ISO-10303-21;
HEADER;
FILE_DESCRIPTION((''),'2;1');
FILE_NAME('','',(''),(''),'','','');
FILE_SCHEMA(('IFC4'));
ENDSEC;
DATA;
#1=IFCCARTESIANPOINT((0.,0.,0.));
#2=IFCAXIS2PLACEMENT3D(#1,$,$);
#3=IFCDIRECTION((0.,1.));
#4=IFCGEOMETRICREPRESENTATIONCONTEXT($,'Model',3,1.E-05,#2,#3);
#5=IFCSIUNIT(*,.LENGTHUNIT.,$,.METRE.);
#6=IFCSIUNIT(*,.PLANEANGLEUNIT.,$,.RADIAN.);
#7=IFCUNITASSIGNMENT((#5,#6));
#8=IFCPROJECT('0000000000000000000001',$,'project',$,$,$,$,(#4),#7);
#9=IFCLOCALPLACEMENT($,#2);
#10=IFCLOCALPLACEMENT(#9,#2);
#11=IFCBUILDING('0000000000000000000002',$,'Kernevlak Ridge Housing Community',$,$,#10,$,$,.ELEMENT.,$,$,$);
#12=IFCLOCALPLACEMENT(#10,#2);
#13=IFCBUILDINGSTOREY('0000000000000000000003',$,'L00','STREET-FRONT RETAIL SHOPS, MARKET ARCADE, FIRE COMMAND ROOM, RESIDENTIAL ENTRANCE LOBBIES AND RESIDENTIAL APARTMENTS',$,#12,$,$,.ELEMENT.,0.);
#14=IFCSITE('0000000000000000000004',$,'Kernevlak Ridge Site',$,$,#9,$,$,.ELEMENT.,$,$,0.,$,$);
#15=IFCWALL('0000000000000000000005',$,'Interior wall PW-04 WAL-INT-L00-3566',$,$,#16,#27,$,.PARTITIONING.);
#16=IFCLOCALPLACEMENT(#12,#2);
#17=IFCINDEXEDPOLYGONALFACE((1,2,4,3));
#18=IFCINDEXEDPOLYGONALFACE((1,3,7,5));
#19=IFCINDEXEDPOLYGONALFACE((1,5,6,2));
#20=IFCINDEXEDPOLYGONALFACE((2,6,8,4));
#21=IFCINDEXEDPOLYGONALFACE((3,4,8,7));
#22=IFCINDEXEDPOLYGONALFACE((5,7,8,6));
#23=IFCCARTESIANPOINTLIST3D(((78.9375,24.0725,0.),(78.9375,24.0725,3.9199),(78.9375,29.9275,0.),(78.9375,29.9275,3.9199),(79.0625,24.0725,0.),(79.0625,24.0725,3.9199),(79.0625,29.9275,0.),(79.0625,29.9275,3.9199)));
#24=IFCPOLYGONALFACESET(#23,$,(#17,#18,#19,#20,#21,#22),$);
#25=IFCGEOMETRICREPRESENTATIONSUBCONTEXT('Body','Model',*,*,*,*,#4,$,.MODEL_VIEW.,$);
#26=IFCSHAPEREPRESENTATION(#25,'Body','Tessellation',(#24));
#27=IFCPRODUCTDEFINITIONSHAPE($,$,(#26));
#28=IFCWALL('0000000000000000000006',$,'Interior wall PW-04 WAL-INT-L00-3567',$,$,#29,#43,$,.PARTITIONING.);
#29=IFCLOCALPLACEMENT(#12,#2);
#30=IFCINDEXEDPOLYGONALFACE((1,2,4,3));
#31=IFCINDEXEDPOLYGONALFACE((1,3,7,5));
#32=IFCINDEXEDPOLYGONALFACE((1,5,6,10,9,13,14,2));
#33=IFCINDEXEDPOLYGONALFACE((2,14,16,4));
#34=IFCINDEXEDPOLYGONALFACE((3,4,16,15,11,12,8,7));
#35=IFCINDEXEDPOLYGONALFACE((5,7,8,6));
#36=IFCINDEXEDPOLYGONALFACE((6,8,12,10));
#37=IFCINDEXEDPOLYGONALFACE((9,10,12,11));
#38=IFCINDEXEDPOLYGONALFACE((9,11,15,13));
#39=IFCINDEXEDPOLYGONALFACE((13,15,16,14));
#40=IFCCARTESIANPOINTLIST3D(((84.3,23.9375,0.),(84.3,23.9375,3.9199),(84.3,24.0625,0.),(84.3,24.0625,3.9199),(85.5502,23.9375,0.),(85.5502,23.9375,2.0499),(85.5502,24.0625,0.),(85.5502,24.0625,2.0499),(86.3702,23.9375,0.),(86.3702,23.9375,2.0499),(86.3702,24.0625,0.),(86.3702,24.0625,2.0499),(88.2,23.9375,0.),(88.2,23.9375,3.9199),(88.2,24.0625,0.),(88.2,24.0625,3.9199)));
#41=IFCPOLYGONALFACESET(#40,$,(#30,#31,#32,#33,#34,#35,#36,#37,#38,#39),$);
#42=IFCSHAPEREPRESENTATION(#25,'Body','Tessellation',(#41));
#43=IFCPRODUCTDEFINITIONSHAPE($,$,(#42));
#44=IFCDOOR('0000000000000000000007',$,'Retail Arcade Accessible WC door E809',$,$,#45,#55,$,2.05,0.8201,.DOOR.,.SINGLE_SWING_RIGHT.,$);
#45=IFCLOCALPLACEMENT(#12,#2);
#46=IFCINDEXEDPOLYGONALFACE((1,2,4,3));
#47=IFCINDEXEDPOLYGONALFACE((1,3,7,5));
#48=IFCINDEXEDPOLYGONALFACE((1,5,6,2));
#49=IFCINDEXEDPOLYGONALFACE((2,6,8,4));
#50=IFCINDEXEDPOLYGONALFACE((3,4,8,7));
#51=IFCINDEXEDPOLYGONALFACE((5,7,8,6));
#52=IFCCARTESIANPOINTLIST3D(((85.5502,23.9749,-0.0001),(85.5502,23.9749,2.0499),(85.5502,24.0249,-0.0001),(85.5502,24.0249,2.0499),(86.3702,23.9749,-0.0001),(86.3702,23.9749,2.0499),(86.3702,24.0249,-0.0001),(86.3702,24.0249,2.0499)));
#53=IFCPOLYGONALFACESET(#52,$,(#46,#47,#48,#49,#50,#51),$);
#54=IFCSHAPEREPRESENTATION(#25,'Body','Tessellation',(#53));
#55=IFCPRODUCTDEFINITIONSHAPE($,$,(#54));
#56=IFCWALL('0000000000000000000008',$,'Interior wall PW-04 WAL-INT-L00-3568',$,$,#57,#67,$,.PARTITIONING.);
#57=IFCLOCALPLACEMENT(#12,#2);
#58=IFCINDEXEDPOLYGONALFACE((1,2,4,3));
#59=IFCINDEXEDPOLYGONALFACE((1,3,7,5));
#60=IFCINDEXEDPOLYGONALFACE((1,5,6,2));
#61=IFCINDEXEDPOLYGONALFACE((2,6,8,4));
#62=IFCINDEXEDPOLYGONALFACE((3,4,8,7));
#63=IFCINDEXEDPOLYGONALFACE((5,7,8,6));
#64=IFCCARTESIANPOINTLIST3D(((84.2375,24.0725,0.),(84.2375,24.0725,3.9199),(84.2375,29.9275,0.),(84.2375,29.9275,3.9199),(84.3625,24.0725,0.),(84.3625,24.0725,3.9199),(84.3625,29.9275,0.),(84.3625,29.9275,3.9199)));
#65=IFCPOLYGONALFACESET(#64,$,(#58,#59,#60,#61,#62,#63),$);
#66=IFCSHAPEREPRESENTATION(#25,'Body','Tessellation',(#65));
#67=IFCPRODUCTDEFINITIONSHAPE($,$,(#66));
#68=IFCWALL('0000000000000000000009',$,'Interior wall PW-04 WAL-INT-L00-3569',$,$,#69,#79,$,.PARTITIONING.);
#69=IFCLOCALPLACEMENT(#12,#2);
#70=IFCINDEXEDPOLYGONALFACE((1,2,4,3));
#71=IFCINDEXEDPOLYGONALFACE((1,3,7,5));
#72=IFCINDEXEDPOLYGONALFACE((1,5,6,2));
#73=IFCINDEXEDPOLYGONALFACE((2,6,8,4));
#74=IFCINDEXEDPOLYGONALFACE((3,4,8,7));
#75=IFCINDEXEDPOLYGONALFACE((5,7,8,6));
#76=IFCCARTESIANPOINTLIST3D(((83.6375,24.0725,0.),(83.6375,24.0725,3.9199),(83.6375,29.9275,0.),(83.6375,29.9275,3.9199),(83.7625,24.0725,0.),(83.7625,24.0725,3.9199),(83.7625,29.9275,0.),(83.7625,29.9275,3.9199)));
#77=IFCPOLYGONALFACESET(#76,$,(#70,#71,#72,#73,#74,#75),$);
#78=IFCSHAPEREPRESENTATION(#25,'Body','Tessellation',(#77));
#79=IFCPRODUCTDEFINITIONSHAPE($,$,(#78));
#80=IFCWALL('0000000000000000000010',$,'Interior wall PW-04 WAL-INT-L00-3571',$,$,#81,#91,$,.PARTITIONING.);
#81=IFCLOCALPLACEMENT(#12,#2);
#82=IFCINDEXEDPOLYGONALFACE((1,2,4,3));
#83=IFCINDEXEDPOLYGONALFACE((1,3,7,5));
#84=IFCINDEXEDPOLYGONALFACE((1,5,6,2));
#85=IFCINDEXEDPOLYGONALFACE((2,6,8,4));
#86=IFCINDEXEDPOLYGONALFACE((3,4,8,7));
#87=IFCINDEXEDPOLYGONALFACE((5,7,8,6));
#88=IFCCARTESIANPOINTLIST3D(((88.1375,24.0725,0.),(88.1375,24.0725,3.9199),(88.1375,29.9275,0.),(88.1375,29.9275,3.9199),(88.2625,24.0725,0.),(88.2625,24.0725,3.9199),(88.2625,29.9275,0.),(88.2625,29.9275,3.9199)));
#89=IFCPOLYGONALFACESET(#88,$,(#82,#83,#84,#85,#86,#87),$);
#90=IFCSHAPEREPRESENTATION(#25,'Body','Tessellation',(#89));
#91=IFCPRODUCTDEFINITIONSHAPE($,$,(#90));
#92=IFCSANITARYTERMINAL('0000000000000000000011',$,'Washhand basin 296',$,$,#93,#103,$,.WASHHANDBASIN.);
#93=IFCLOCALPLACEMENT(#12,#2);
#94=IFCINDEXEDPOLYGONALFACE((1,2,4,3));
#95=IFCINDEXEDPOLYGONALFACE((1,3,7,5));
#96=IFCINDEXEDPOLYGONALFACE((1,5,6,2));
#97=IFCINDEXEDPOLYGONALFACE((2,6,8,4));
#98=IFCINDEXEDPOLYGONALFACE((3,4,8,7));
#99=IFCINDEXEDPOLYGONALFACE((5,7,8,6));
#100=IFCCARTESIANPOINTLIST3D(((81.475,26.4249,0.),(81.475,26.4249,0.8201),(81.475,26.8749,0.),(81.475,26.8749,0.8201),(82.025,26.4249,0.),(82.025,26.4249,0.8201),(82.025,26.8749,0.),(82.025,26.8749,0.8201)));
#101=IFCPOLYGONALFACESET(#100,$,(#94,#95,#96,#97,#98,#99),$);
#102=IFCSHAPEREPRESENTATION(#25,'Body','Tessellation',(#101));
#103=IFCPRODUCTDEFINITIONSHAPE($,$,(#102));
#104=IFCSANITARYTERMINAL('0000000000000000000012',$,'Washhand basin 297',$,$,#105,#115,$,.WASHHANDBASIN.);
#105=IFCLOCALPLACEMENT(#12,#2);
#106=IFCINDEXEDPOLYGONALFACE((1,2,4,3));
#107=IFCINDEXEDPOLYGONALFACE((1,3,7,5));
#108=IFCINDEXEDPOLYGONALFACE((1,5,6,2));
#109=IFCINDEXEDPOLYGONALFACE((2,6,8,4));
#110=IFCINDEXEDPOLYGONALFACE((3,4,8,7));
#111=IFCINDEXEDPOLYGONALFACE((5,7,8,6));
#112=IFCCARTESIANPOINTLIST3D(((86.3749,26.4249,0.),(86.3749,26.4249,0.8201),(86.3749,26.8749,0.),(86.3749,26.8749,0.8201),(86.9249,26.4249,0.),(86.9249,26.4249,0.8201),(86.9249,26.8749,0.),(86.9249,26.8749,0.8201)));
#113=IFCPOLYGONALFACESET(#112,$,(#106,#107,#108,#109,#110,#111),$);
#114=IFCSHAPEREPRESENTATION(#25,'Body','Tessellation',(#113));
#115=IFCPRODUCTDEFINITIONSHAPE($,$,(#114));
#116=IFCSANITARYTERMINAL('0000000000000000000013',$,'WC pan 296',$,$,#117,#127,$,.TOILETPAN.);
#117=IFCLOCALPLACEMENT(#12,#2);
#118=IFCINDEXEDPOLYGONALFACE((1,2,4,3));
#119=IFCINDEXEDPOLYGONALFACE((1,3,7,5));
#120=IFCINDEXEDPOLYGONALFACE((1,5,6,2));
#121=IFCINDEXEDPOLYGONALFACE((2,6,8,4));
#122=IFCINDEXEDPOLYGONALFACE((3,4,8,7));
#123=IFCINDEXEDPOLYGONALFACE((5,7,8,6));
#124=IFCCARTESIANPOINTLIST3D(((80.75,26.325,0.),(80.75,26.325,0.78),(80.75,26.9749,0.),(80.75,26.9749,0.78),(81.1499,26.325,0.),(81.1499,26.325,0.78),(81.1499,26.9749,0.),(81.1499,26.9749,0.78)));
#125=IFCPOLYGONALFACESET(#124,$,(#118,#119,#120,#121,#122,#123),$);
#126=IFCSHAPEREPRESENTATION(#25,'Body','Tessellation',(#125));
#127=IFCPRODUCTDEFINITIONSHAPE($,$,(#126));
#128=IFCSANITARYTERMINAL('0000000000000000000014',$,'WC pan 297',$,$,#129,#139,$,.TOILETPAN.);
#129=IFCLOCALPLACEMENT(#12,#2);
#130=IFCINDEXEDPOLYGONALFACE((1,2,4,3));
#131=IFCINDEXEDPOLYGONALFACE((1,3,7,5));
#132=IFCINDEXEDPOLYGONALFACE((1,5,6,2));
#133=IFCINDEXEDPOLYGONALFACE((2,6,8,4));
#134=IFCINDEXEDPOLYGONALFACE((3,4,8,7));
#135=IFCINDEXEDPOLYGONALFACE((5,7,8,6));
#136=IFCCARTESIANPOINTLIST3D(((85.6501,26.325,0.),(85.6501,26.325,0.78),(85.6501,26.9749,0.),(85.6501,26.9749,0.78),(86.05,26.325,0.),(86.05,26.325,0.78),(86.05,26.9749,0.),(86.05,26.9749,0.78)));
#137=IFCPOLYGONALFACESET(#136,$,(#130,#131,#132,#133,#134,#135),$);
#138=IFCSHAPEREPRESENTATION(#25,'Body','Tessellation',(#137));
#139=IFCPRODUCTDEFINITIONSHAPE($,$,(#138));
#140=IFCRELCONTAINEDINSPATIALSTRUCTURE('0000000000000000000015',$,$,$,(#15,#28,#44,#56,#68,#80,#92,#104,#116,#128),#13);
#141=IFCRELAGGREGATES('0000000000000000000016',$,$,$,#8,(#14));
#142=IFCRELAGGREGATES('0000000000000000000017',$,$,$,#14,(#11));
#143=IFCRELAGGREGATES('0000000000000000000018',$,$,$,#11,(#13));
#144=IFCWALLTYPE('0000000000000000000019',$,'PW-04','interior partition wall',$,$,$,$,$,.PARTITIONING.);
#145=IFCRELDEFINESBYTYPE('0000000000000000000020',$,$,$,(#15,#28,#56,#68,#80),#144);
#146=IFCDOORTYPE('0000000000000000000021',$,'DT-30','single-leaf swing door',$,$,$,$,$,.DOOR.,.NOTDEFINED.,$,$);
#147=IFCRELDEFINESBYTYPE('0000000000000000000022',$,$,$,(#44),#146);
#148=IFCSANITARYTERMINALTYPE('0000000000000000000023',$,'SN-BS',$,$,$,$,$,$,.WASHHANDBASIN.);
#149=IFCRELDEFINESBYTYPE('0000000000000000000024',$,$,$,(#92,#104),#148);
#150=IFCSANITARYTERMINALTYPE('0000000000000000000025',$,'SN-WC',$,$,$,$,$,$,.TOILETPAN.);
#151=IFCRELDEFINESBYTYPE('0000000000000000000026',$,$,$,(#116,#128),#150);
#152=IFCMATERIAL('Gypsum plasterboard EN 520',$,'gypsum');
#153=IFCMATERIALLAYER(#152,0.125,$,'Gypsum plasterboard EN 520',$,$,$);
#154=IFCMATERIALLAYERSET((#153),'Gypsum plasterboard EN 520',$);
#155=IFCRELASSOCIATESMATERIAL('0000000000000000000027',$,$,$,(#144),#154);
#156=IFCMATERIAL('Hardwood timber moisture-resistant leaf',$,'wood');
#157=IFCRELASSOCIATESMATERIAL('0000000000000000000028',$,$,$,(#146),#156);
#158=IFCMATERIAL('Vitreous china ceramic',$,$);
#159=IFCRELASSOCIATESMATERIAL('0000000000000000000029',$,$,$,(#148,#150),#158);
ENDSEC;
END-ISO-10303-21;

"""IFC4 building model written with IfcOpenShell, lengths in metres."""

from ifc_helpers import new_model, si_unit, direction, frame, frame_2d, origin, origin_2d, place, context, subcontext, project, spatial, rectangle, extrude, material, layer, layer_set, type_object, element, fill, save


model = new_model("IFC4")

# Units and contexts
model_context = context("Model", 3, precision=1e-05, world=origin(), true_north=direction((0.0, 1.0)))
body_context = subcontext(model_context, "Body", "Model", "MODEL_VIEW")
ifc_project = project(units=[si_unit("LENGTHUNIT", "METRE"), si_unit("PLANEANGLEUNIT", "RADIAN")], contexts=[model_context])

# Site, building, storey
site_placement = place(None, origin())
site = spatial("IfcSite", under=ifc_project, at=site_placement, Name="Kernevlak Ridge Site", CompositionType="ELEMENT", RefElevation=0.0)
building_placement = place(site_placement, origin())
building = spatial("IfcBuilding", under=site, at=building_placement, Name="Kernevlak Ridge Housing Community", CompositionType="ELEMENT")
storey_placement = place(building_placement, origin())
storey = spatial("IfcBuildingStorey", under=building, at=storey_placement, Name="L00", Description="STREET-FRONT RETAIL SHOPS, MARKET ARCADE, FIRE COMMAND ROOM, RESIDENTIAL ENTRANCE LOBBIES AND RESIDENTIAL APARTMENTS", CompositionType="ELEMENT", Elevation=0.0)

# Wall
ifc_material_1 = material(Name="Gypsum plasterboard EN 520", Category="gypsum")
ifc_layer_1 = layer(ifc_material_1, 0.125, Name="Gypsum plasterboard EN 520")
ifc_layer_set_1 = layer_set([ifc_layer_1], Name="Gypsum plasterboard EN 520")
wall_type_1 = type_object("IfcWallType", Name="PW-04", Description="interior partition wall", PredefinedType="PARTITIONING", material=ifc_layer_set_1)
wall_1_placement = place(storey_placement, frame((79.0, 24.0725, 0.0), z_axis=(0.0, 0.0, 1.0), x_axis=(0.0, 1.0, 0.0)))
element("IfcWall", 1, at=wall_1_placement, inside=storey, type_object=wall_type_1, Name="Interior wall PW-04 WAL-INT-L00-3566", PredefinedType="PARTITIONING", context=body_context, shape_type="SweptSolid", body=[
    extrude(rectangle(XDim=5.855, YDim=0.125, at=frame_2d((2.9275, 0.0))), origin(), (0.0, 0.0, 1.0), 3.9199),
])

# Wall, opening, door
wall_2_placement = place(storey_placement, frame((84.3, 24.0, 0.0), z_axis=(0.0, 0.0, 1.0), x_axis=(1.0, 0.0, 0.0)))
wall_2 = element("IfcWall", 2, at=wall_2_placement, inside=storey, type_object=wall_type_1, Name="Interior wall PW-04 WAL-INT-L00-3567", PredefinedType="PARTITIONING", context=body_context, shape_type="SweptSolid", body=[
    extrude(rectangle(XDim=3.8999, YDim=0.125, at=frame_2d((1.95, 0.0))), origin(), (0.0, 0.0, 1.0), 3.9199),
])
opening_placement = place(wall_2_placement, frame((1.25, 0.0, 0.0)))
opening = element("IfcOpeningElement", 3, at=opening_placement, cuts=wall_2, PredefinedType="OPENING", context=body_context, shape_type="SweptSolid", body=[
    extrude(rectangle(XDim=0.8201, YDim=2.05, at=frame_2d((0.4102, 1.0249))), frame((0.0, 0.0725, 0.0), z_axis=(0.0, -1.0, 0.0), x_axis=(1.0, 0.0, 0.0)), (0.0, 0.0, 1.0), 0.145),
])
ifc_material_2 = material(Name="Hardwood timber moisture-resistant leaf", Category="wood")
door_type = type_object("IfcDoorType", Name="DT-30", Description="single-leaf swing door", OperationType="NOTDEFINED", PredefinedType="DOOR", material=ifc_material_2)
door_placement = place(opening_placement, origin())
door = element("IfcDoor", 4, at=door_placement, inside=storey, type_object=door_type, Name="Retail Arcade Accessible WC door E809", OperationType="SINGLE_SWING_RIGHT", OverallHeight=2.05, OverallWidth=0.8201, PredefinedType="DOOR", context=body_context, shape_type="SweptSolid", body=[
    extrude(rectangle(XDim=0.8201, YDim=2.05, at=frame_2d((0.4102, 1.0249))), frame((0.0, 0.0249, 0.0), z_axis=(0.0, -1.0, 0.0), x_axis=(1.0, 0.0, 0.0)), (0.0, 0.0, 1.0), 0.05),
])
fill(opening, door)

# Walls
for number, where, z_axis, x_axis, name in (
    (5, (84.3, 24.0725, 0.0), (0.0, 0.0, 1.0), (0.0, 1.0, 0.0), "Interior wall PW-04 WAL-INT-L00-3568"),
    (6, (83.7, 24.0725, 0.0), (0.0, 0.0, 1.0), (0.0, 1.0, 0.0), "Interior wall PW-04 WAL-INT-L00-3569"),
    (7, (88.2, 24.0725, 0.0), (0.0, 0.0, 1.0), (0.0, 1.0, 0.0), "Interior wall PW-04 WAL-INT-L00-3571"),
):
    element("IfcWall", number, at=place(storey_placement, frame(where, z_axis=z_axis, x_axis=x_axis)), inside=storey, type_object=wall_type_1, Name=name, PredefinedType="PARTITIONING", context=body_context, shape_type="SweptSolid", body=[
        extrude(rectangle(XDim=5.855, YDim=0.125, at=frame_2d((2.9275, 0.0))), origin(), (0.0, 0.0, 1.0), 3.9199),
    ])

# Sanitary terminals
ifc_material_3 = material(Name="Vitreous china ceramic")
sanitary_terminal_type_1 = type_object("IfcSanitaryTerminalType", Name="SN-BS", PredefinedType="WASHHANDBASIN", material=ifc_material_3)
for number, where, z_axis, x_axis, name in (
    (8, (81.75, 26.6499, 0.0), (0.0, 0.0, 1.0), (1.0, 0.0, 0.0), "Washhand basin 296"),
    (9, (86.6499, 26.6499, 0.0), (0.0, 0.0, 1.0), (1.0, 0.0, 0.0), "Washhand basin 297"),
):
    element("IfcSanitaryTerminal", number, at=place(storey_placement, frame(where, z_axis=z_axis, x_axis=x_axis)), inside=storey, type_object=sanitary_terminal_type_1, Name=name, PredefinedType="WASHHANDBASIN", context=body_context, shape_type="SweptSolid", body=[
        extrude(rectangle(XDim=0.55, YDim=0.45, at=origin_2d()), origin(), (0.0, 0.0, 1.0), 0.8201),
    ])
sanitary_terminal_type_2 = type_object("IfcSanitaryTerminalType", Name="SN-WC", PredefinedType="TOILETPAN", material=ifc_material_3)
for number, where, z_axis, x_axis, name in (
    (10, (80.95, 26.6499, 0.0), (0.0, 0.0, 1.0), (1.0, 0.0, 0.0), "WC pan 296"),
    (11, (85.8501, 26.6499, 0.0), (0.0, 0.0, 1.0), (1.0, 0.0, 0.0), "WC pan 297"),
):
    element("IfcSanitaryTerminal", number, at=place(storey_placement, frame(where, z_axis=z_axis, x_axis=x_axis)), inside=storey, type_object=sanitary_terminal_type_2, Name=name, PredefinedType="TOILETPAN", context=body_context, shape_type="SweptSolid", body=[
        extrude(rectangle(XDim=0.3999, YDim=0.6499, at=origin_2d()), origin(), (0.0, 0.0, 1.0), 0.78),
    ])

save(model, "model.ifc")
